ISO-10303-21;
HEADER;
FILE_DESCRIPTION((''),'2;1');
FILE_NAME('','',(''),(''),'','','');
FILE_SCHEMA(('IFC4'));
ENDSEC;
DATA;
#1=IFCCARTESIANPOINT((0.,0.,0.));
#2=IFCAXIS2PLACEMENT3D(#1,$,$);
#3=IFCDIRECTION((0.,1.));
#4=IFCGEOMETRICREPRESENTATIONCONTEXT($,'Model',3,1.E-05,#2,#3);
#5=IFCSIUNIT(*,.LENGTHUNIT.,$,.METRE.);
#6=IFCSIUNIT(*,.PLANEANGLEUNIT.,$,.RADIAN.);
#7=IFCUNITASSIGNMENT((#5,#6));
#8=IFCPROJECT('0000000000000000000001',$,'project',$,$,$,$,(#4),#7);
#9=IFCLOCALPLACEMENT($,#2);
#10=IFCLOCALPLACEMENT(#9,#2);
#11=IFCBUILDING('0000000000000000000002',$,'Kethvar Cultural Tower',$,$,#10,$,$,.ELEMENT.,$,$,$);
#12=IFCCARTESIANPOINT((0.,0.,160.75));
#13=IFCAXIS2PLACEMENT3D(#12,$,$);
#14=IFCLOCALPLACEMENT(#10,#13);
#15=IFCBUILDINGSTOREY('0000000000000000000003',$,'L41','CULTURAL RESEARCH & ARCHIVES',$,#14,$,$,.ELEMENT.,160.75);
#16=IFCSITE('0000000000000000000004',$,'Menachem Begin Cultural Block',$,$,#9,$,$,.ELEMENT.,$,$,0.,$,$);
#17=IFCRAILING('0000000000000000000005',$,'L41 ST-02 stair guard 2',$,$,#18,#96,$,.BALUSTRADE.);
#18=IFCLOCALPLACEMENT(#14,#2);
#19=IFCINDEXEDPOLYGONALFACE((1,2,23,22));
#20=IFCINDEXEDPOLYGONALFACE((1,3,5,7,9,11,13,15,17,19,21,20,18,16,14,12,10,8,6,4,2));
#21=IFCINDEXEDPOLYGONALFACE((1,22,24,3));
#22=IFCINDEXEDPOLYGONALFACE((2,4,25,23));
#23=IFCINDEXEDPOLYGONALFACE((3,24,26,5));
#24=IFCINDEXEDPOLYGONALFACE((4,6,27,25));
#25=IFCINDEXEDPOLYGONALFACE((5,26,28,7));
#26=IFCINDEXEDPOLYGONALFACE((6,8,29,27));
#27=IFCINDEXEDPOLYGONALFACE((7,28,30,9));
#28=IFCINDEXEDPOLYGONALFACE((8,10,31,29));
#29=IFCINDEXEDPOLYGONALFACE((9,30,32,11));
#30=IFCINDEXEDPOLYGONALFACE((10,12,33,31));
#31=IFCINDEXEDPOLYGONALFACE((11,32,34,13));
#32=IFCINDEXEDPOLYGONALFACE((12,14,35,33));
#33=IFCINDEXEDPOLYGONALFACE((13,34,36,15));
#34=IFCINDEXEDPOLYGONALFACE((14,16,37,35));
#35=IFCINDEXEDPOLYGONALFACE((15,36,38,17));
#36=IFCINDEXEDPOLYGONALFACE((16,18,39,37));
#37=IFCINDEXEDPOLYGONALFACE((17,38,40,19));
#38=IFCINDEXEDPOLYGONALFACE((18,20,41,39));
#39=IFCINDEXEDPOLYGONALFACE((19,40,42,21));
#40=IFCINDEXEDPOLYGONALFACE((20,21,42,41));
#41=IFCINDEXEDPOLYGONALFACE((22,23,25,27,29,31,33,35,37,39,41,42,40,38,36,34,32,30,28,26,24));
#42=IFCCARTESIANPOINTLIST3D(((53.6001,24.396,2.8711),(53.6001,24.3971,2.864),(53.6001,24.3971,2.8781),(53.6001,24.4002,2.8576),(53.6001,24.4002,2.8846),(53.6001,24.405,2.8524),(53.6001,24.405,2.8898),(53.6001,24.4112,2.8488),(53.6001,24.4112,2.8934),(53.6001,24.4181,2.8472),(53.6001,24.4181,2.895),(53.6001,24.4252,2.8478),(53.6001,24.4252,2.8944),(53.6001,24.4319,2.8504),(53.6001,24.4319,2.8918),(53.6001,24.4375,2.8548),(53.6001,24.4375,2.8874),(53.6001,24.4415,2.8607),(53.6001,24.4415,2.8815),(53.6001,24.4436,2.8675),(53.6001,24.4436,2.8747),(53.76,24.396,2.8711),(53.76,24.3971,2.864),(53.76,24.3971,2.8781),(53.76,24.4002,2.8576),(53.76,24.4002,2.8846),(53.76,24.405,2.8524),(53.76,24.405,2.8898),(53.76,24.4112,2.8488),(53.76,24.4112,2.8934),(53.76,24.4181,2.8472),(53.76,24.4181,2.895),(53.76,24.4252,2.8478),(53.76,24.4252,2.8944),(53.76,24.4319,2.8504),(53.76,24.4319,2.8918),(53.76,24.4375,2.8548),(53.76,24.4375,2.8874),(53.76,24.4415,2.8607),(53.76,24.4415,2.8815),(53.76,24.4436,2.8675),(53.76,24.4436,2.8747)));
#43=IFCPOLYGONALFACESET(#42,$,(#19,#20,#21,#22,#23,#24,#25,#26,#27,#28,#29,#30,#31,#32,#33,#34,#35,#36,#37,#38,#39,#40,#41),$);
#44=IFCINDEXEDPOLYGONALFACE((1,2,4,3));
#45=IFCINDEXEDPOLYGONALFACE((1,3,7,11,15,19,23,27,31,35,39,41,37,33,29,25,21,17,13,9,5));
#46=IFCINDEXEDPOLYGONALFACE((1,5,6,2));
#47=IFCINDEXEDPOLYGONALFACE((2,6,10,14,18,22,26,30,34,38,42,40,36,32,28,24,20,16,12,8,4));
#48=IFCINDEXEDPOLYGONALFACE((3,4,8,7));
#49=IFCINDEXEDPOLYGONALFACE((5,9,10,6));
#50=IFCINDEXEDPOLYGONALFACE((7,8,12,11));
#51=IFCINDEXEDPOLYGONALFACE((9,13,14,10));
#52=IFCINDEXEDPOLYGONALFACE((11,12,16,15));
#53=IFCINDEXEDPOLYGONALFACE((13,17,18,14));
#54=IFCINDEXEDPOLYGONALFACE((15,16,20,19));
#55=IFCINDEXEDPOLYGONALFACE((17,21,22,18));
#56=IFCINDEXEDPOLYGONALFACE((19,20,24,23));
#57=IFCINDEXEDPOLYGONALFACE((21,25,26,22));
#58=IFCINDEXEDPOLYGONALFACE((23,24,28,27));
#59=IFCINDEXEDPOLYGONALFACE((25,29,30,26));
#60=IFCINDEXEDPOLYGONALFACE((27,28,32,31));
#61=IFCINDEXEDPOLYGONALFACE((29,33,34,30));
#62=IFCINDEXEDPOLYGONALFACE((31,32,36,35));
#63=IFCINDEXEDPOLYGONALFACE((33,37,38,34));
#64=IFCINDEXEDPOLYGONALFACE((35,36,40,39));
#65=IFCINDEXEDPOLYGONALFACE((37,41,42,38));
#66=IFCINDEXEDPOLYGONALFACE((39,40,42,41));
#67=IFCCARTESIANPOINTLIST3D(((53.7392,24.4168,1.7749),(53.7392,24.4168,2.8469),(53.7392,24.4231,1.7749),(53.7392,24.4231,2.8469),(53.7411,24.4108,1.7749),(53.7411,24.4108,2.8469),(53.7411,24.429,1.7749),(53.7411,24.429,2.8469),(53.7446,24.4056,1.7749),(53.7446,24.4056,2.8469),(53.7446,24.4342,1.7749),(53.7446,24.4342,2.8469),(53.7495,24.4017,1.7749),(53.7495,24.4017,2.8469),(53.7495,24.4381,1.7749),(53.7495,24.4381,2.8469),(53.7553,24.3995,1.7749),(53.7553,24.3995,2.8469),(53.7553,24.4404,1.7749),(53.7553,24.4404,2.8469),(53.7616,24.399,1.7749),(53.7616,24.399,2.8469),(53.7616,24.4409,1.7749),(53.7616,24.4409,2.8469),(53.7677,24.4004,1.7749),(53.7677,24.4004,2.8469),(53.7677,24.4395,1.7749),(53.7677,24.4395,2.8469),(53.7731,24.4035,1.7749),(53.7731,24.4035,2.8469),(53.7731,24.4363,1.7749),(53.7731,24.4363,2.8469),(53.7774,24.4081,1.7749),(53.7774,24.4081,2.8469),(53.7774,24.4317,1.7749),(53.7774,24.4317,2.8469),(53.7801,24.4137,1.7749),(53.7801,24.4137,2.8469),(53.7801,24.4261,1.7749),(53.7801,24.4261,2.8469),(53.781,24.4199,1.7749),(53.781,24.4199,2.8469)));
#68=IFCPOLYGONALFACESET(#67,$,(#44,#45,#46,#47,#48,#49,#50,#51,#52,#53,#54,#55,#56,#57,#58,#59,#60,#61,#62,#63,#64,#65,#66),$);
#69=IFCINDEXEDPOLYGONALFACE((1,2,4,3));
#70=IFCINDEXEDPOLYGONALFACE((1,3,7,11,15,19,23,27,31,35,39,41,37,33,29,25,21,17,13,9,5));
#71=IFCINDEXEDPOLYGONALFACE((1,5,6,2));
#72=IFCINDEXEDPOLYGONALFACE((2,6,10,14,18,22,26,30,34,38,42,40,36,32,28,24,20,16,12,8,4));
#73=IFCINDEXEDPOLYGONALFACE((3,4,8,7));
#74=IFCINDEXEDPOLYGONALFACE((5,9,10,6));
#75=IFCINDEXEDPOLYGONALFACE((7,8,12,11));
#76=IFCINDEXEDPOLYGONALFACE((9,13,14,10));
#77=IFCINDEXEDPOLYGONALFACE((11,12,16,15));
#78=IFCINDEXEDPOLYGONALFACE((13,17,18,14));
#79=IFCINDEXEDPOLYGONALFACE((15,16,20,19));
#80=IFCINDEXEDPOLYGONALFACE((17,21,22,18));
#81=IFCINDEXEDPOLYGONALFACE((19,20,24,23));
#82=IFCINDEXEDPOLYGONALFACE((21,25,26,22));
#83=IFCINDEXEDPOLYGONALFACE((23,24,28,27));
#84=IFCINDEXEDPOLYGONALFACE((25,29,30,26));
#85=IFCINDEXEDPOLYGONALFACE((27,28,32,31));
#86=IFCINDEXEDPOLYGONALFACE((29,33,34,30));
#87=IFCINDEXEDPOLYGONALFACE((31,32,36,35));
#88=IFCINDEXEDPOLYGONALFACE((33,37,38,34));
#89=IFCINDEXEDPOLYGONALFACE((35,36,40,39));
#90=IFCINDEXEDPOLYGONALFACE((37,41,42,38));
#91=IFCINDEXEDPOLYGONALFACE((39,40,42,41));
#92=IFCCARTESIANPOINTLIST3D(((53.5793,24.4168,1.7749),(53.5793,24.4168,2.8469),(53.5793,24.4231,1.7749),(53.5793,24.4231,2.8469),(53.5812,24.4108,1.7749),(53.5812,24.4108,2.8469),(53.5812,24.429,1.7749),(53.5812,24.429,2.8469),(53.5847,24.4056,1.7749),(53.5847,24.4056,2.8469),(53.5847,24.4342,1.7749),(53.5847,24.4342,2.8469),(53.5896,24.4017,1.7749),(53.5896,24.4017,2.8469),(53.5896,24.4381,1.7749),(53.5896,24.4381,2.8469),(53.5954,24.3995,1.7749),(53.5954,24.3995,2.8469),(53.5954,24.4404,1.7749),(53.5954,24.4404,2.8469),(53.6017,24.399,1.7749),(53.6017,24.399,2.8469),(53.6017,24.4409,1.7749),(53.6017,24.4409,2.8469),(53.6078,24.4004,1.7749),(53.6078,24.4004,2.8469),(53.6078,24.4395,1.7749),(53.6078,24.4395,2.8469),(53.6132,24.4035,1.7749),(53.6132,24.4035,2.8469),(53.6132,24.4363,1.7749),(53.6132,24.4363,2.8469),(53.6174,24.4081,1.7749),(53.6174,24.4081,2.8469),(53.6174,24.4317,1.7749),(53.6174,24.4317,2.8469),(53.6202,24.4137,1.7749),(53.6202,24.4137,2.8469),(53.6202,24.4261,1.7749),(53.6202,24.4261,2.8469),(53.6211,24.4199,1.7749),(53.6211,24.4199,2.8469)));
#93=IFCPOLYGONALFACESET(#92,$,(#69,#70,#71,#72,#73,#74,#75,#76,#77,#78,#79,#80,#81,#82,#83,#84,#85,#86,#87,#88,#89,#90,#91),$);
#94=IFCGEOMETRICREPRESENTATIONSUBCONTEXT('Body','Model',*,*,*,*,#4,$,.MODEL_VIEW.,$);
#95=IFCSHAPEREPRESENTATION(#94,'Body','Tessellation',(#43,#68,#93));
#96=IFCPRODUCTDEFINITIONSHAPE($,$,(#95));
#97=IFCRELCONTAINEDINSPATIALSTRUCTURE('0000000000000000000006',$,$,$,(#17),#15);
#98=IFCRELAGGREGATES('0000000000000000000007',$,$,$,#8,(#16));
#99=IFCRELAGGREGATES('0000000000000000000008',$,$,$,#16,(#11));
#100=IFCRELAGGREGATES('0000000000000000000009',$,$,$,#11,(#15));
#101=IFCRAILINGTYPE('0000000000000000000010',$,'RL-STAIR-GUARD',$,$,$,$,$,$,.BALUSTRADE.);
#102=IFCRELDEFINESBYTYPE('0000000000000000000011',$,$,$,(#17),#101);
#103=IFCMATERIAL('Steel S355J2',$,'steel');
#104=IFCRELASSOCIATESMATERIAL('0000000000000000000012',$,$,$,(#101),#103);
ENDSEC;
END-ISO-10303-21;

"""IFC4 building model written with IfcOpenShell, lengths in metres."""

from ifc_helpers import new_model, si_unit, direction, frame, origin, origin_2d, place, context, subcontext, project, spatial, circle, extrude, material, type_object, element, save


model = new_model("IFC4")

# Units and contexts
model_context = context("Model", 3, precision=1e-05, world=origin(), true_north=direction((0.0, 1.0)))
body_context = subcontext(model_context, "Body", "Model", "MODEL_VIEW")
ifc_project = project(units=[si_unit("LENGTHUNIT", "METRE"), si_unit("PLANEANGLEUNIT", "RADIAN")], contexts=[model_context])

# Site, building, storey
site_placement = place(None, origin())
site = spatial("IfcSite", under=ifc_project, at=site_placement, Name="Menachem Begin Cultural Block", CompositionType="ELEMENT", RefElevation=0.0)
building_placement = place(site_placement, origin())
building = spatial("IfcBuilding", under=site, at=building_placement, Name="Kethvar Cultural Tower", CompositionType="ELEMENT")
storey_placement = place(building_placement, frame((0.0, 0.0, 160.75)))
storey = spatial("IfcBuildingStorey", under=building, at=storey_placement, Name="L41", Description="CULTURAL RESEARCH & ARCHIVES", CompositionType="ELEMENT", Elevation=160.75)

# Shared definitions
ifc_material_1 = material(Name="Steel S355J2", Category="steel")

# Railing
railing_type_1 = type_object("IfcRailingType", Name="RL-STAIR-GUARD", PredefinedType="BALUSTRADE", material=ifc_material_1)
railing_1_placement = place(storey_placement, frame((53.76, 24.4199, 1.7749)))
element("IfcRailing", 1, at=railing_1_placement, inside=storey, type_object=railing_type_1, Name="L41 ST-02 stair guard 2", PredefinedType="BALUSTRADE", context=body_context, shape_type="SweptSolid", body=[
    extrude(circle(Radius=0.0239, at=origin_2d()), frame((0.0, 0.0, 1.0962), z_axis=(-1.0, 0.0, 0.0), x_axis=(0.0, -1.0, 0.0)), (0.0, 0.0, 1.0), 0.1599),
    extrude(circle(Radius=0.021, at=origin_2d()), origin(), (0.0, 0.0, 1.0), 1.072),
    extrude(circle(Radius=0.021, at=origin_2d()), frame((-0.1599, 0.0, 0.0)), (0.0, 0.0, 1.0), 1.072),
])

save(model, "model.ifc")
